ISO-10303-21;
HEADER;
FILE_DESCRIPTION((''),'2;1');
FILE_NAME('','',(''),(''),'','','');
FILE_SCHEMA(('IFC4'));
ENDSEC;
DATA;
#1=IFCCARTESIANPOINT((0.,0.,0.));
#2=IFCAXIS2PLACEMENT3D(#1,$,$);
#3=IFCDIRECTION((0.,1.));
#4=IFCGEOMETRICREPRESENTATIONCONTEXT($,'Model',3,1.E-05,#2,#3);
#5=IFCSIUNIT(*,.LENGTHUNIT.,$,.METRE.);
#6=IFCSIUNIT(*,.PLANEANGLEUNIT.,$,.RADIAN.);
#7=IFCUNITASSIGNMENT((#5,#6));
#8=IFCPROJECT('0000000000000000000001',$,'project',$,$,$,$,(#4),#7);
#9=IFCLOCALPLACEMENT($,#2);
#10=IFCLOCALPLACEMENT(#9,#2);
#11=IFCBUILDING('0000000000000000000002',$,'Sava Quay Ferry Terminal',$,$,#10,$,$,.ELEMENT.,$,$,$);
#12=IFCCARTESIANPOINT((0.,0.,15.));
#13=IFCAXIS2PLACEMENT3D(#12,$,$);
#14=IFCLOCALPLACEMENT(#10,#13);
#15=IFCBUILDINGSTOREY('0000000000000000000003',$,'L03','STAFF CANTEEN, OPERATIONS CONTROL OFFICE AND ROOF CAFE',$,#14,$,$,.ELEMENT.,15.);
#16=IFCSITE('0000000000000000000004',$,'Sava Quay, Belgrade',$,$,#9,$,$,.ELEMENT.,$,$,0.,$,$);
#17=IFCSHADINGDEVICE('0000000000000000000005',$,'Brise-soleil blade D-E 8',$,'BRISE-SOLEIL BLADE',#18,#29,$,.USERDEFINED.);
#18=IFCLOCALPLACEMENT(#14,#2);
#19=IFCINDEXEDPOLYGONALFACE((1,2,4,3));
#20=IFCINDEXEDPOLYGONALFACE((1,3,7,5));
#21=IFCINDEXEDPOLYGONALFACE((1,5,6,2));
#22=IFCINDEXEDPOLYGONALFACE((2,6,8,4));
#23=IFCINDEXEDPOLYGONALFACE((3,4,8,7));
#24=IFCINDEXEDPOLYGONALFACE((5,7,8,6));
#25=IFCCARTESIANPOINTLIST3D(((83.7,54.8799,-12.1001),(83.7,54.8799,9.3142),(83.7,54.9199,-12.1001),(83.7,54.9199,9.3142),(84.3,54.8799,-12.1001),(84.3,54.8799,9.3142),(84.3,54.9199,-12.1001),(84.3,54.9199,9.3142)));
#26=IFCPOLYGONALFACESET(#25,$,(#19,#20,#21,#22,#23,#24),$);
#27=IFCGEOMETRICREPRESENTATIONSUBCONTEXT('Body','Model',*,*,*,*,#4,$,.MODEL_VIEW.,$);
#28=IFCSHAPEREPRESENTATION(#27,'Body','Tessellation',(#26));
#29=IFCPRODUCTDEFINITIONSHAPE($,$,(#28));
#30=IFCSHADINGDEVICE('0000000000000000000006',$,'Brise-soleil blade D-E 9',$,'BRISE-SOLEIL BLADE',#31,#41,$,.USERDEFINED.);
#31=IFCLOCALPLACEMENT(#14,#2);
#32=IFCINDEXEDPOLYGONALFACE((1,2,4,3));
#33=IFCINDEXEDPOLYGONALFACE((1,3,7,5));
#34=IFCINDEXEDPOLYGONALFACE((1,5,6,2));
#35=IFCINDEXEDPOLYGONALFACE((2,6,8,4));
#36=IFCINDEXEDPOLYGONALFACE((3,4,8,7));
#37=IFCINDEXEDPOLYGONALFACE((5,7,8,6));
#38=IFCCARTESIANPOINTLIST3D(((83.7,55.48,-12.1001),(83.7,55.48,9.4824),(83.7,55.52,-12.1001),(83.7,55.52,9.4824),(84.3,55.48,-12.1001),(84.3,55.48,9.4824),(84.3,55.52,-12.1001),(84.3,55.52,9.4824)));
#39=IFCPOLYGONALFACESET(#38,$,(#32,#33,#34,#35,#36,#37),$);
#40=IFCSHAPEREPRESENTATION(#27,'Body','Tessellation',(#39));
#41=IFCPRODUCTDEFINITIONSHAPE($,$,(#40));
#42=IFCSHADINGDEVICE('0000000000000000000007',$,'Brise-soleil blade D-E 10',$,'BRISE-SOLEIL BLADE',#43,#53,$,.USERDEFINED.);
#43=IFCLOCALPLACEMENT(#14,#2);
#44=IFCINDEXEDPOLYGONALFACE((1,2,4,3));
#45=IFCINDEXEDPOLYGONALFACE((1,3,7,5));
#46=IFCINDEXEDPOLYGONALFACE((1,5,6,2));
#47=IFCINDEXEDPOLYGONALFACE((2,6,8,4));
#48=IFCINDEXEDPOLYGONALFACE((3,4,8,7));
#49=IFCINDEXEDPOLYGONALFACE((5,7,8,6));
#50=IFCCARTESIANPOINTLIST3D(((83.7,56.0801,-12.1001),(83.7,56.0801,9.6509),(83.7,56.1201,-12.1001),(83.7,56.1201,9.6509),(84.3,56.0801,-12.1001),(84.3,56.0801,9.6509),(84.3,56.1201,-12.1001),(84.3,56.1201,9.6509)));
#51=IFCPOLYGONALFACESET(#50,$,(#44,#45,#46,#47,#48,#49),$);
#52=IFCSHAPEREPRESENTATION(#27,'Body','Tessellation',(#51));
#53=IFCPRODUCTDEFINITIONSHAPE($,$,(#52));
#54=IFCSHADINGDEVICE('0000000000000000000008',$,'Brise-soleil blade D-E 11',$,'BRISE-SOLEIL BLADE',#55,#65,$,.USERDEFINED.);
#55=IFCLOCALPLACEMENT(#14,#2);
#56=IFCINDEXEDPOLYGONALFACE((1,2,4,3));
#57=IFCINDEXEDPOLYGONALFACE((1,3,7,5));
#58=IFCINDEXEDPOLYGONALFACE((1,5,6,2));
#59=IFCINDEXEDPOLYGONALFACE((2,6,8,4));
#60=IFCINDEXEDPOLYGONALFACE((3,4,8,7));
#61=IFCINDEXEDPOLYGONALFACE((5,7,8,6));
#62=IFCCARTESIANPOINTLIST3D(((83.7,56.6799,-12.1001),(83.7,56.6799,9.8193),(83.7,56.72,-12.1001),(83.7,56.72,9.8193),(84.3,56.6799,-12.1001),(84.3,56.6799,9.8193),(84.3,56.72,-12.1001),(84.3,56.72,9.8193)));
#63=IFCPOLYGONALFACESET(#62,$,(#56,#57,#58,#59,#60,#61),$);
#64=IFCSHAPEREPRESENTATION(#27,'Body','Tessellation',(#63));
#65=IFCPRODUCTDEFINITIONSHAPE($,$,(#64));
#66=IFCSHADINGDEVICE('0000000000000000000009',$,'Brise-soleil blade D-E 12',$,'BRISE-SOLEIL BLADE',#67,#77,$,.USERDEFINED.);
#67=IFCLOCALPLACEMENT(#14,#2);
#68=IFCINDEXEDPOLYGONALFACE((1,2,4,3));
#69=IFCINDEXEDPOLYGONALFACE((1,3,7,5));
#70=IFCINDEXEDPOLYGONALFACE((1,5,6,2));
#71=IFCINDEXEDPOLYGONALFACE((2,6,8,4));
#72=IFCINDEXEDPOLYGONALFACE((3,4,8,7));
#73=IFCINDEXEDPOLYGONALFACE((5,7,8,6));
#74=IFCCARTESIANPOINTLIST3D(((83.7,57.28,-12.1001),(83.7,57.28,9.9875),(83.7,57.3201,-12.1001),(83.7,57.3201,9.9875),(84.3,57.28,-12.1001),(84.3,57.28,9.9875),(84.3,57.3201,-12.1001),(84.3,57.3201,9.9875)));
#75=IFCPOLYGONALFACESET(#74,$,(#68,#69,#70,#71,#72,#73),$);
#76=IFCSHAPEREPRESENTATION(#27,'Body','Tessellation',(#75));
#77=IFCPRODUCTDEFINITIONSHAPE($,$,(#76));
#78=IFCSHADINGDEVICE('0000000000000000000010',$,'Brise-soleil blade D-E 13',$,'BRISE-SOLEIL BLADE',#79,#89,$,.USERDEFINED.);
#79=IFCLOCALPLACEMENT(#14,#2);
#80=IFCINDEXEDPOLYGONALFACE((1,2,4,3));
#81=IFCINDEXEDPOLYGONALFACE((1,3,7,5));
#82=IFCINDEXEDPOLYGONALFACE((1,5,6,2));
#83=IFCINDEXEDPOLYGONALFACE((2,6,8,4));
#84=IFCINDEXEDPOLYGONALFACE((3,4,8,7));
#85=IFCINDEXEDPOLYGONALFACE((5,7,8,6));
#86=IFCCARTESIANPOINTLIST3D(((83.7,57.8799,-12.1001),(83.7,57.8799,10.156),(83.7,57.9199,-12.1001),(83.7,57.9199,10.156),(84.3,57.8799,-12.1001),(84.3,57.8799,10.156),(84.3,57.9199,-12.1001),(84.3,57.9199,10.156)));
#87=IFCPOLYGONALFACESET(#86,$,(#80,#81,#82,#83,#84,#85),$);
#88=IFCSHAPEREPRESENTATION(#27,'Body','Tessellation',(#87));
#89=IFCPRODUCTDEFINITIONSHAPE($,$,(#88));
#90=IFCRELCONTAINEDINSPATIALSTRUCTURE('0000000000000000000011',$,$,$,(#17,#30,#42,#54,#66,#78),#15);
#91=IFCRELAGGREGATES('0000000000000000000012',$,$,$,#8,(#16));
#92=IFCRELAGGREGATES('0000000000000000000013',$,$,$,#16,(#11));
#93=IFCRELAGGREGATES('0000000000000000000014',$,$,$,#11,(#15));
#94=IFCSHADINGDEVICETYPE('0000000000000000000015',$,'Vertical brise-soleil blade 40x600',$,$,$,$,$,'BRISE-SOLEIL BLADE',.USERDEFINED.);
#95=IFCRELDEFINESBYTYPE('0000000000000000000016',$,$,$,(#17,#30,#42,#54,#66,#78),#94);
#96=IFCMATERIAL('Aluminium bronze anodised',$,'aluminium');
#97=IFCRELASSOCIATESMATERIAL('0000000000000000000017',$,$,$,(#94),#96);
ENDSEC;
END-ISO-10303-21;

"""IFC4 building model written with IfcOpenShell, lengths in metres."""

from ifc_helpers import new_model, si_unit, direction, frame, origin, origin_2d, place, context, subcontext, project, spatial, rectangle, extrude, material, material_profile, profile_set, type_object, element, save


model = new_model("IFC4")

# Units and contexts
model_context = context("Model", 3, precision=1e-05, world=origin(), true_north=direction((0.0, 1.0)))
body_context = subcontext(model_context, "Body", "Model", "MODEL_VIEW")
ifc_project = project(units=[si_unit("LENGTHUNIT", "METRE"), si_unit("PLANEANGLEUNIT", "RADIAN")], contexts=[model_context])

# Site, building, storey
site_placement = place(None, origin())
site = spatial("IfcSite", under=ifc_project, at=site_placement, Name="Sava Quay, Belgrade", CompositionType="ELEMENT", RefElevation=0.0)
building_placement = place(site_placement, origin())
building = spatial("IfcBuilding", under=site, at=building_placement, Name="Sava Quay Ferry Terminal", CompositionType="ELEMENT")
storey_placement = place(building_placement, frame((0.0, 0.0, 15.0)))
storey = spatial("IfcBuildingStorey", under=building, at=storey_placement, Name="L03", Description="STAFF CANTEEN, OPERATIONS CONTROL OFFICE AND ROOF CAFE", CompositionType="ELEMENT", Elevation=15.0)

# Shading devices
ifc_material_1 = material(Name="Aluminium bronze anodised", Category="aluminium")
ifc_material_profile_1 = material_profile(ifc_material_1, rectangle(XDim=0.04, YDim=0.6001, at=origin_2d()), Name="Vertical brise-soleil blade 40x600")
ifc_profile_set_1 = profile_set([ifc_material_profile_1], Name="Aluminium bronze anodised")
shading_device_type = type_object("IfcShadingDeviceType", Name="Vertical brise-soleil blade 40x600", ElementType="BRISE-SOLEIL BLADE", PredefinedType="USERDEFINED", material=ifc_profile_set_1)
shading_device_1_placement = place(storey_placement, frame((84.0, 54.8999, -12.1001), z_axis=(0.0, 0.0, 1.0), x_axis=(0.0, 1.0, 0.0)))
element("IfcShadingDevice", 1, at=shading_device_1_placement, inside=storey, type_object=shading_device_type, Name="Brise-soleil blade D-E 8", ObjectType="BRISE-SOLEIL BLADE", PredefinedType="USERDEFINED", context=body_context, shape_type="SweptSolid", body=[
    extrude(rectangle(XDim=0.04, YDim=0.6001, at=origin_2d()), origin(), (0.0, 0.0, 1.0), 21.4143),
])
shading_device_2_placement = place(storey_placement, frame((84.0, 55.5, -12.1001), z_axis=(0.0, 0.0, 1.0), x_axis=(0.0, 1.0, 0.0)))
element("IfcShadingDevice", 2, at=shading_device_2_placement, inside=storey, type_object=shading_device_type, Name="Brise-soleil blade D-E 9", ObjectType="BRISE-SOLEIL BLADE", PredefinedType="USERDEFINED", context=body_context, shape_type="SweptSolid", body=[
    extrude(rectangle(XDim=0.04, YDim=0.6001, at=origin_2d()), origin(), (0.0, 0.0, 1.0), 21.5825),
])
shading_device_3_placement = place(storey_placement, frame((84.0, 56.1001, -12.1001), z_axis=(0.0, 0.0, 1.0), x_axis=(0.0, 1.0, 0.0)))
element("IfcShadingDevice", 3, at=shading_device_3_placement, inside=storey, type_object=shading_device_type, Name="Brise-soleil blade D-E 10", ObjectType="BRISE-SOLEIL BLADE", PredefinedType="USERDEFINED", context=body_context, shape_type="SweptSolid", body=[
    extrude(rectangle(XDim=0.04, YDim=0.6001, at=origin_2d()), origin(), (0.0, 0.0, 1.0), 21.751),
])
shading_device_4_placement = place(storey_placement, frame((84.0, 56.7, -12.1001), z_axis=(0.0, 0.0, 1.0), x_axis=(0.0, 1.0, 0.0)))
element("IfcShadingDevice", 4, at=shading_device_4_placement, inside=storey, type_object=shading_device_type, Name="Brise-soleil blade D-E 11", ObjectType="BRISE-SOLEIL BLADE", PredefinedType="USERDEFINED", context=body_context, shape_type="SweptSolid", body=[
    extrude(rectangle(XDim=0.04, YDim=0.6001, at=origin_2d()), origin(), (0.0, 0.0, 1.0), 21.9194),
])
shading_device_5_placement = place(storey_placement, frame((84.0, 57.3, -12.1001), z_axis=(0.0, 0.0, 1.0), x_axis=(0.0, 1.0, 0.0)))
element("IfcShadingDevice", 5, at=shading_device_5_placement, inside=storey, type_object=shading_device_type, Name="Brise-soleil blade D-E 12", ObjectType="BRISE-SOLEIL BLADE", PredefinedType="USERDEFINED", context=body_context, shape_type="SweptSolid", body=[
    extrude(rectangle(XDim=0.04, YDim=0.6001, at=origin_2d()), origin(), (0.0, 0.0, 1.0), 22.0876),
])
shading_device_6_placement = place(storey_placement, frame((84.0, 57.8999, -12.1001), z_axis=(0.0, 0.0, 1.0), x_axis=(0.0, 1.0, 0.0)))
element("IfcShadingDevice", 6, at=shading_device_6_placement, inside=storey, type_object=shading_device_type, Name="Brise-soleil blade D-E 13", ObjectType="BRISE-SOLEIL BLADE", PredefinedType="USERDEFINED", context=body_context, shape_type="SweptSolid", body=[
    extrude(rectangle(XDim=0.04, YDim=0.6001, at=origin_2d()), origin(), (0.0, 0.0, 1.0), 22.2561),
])

save(model, "model.ifc")
